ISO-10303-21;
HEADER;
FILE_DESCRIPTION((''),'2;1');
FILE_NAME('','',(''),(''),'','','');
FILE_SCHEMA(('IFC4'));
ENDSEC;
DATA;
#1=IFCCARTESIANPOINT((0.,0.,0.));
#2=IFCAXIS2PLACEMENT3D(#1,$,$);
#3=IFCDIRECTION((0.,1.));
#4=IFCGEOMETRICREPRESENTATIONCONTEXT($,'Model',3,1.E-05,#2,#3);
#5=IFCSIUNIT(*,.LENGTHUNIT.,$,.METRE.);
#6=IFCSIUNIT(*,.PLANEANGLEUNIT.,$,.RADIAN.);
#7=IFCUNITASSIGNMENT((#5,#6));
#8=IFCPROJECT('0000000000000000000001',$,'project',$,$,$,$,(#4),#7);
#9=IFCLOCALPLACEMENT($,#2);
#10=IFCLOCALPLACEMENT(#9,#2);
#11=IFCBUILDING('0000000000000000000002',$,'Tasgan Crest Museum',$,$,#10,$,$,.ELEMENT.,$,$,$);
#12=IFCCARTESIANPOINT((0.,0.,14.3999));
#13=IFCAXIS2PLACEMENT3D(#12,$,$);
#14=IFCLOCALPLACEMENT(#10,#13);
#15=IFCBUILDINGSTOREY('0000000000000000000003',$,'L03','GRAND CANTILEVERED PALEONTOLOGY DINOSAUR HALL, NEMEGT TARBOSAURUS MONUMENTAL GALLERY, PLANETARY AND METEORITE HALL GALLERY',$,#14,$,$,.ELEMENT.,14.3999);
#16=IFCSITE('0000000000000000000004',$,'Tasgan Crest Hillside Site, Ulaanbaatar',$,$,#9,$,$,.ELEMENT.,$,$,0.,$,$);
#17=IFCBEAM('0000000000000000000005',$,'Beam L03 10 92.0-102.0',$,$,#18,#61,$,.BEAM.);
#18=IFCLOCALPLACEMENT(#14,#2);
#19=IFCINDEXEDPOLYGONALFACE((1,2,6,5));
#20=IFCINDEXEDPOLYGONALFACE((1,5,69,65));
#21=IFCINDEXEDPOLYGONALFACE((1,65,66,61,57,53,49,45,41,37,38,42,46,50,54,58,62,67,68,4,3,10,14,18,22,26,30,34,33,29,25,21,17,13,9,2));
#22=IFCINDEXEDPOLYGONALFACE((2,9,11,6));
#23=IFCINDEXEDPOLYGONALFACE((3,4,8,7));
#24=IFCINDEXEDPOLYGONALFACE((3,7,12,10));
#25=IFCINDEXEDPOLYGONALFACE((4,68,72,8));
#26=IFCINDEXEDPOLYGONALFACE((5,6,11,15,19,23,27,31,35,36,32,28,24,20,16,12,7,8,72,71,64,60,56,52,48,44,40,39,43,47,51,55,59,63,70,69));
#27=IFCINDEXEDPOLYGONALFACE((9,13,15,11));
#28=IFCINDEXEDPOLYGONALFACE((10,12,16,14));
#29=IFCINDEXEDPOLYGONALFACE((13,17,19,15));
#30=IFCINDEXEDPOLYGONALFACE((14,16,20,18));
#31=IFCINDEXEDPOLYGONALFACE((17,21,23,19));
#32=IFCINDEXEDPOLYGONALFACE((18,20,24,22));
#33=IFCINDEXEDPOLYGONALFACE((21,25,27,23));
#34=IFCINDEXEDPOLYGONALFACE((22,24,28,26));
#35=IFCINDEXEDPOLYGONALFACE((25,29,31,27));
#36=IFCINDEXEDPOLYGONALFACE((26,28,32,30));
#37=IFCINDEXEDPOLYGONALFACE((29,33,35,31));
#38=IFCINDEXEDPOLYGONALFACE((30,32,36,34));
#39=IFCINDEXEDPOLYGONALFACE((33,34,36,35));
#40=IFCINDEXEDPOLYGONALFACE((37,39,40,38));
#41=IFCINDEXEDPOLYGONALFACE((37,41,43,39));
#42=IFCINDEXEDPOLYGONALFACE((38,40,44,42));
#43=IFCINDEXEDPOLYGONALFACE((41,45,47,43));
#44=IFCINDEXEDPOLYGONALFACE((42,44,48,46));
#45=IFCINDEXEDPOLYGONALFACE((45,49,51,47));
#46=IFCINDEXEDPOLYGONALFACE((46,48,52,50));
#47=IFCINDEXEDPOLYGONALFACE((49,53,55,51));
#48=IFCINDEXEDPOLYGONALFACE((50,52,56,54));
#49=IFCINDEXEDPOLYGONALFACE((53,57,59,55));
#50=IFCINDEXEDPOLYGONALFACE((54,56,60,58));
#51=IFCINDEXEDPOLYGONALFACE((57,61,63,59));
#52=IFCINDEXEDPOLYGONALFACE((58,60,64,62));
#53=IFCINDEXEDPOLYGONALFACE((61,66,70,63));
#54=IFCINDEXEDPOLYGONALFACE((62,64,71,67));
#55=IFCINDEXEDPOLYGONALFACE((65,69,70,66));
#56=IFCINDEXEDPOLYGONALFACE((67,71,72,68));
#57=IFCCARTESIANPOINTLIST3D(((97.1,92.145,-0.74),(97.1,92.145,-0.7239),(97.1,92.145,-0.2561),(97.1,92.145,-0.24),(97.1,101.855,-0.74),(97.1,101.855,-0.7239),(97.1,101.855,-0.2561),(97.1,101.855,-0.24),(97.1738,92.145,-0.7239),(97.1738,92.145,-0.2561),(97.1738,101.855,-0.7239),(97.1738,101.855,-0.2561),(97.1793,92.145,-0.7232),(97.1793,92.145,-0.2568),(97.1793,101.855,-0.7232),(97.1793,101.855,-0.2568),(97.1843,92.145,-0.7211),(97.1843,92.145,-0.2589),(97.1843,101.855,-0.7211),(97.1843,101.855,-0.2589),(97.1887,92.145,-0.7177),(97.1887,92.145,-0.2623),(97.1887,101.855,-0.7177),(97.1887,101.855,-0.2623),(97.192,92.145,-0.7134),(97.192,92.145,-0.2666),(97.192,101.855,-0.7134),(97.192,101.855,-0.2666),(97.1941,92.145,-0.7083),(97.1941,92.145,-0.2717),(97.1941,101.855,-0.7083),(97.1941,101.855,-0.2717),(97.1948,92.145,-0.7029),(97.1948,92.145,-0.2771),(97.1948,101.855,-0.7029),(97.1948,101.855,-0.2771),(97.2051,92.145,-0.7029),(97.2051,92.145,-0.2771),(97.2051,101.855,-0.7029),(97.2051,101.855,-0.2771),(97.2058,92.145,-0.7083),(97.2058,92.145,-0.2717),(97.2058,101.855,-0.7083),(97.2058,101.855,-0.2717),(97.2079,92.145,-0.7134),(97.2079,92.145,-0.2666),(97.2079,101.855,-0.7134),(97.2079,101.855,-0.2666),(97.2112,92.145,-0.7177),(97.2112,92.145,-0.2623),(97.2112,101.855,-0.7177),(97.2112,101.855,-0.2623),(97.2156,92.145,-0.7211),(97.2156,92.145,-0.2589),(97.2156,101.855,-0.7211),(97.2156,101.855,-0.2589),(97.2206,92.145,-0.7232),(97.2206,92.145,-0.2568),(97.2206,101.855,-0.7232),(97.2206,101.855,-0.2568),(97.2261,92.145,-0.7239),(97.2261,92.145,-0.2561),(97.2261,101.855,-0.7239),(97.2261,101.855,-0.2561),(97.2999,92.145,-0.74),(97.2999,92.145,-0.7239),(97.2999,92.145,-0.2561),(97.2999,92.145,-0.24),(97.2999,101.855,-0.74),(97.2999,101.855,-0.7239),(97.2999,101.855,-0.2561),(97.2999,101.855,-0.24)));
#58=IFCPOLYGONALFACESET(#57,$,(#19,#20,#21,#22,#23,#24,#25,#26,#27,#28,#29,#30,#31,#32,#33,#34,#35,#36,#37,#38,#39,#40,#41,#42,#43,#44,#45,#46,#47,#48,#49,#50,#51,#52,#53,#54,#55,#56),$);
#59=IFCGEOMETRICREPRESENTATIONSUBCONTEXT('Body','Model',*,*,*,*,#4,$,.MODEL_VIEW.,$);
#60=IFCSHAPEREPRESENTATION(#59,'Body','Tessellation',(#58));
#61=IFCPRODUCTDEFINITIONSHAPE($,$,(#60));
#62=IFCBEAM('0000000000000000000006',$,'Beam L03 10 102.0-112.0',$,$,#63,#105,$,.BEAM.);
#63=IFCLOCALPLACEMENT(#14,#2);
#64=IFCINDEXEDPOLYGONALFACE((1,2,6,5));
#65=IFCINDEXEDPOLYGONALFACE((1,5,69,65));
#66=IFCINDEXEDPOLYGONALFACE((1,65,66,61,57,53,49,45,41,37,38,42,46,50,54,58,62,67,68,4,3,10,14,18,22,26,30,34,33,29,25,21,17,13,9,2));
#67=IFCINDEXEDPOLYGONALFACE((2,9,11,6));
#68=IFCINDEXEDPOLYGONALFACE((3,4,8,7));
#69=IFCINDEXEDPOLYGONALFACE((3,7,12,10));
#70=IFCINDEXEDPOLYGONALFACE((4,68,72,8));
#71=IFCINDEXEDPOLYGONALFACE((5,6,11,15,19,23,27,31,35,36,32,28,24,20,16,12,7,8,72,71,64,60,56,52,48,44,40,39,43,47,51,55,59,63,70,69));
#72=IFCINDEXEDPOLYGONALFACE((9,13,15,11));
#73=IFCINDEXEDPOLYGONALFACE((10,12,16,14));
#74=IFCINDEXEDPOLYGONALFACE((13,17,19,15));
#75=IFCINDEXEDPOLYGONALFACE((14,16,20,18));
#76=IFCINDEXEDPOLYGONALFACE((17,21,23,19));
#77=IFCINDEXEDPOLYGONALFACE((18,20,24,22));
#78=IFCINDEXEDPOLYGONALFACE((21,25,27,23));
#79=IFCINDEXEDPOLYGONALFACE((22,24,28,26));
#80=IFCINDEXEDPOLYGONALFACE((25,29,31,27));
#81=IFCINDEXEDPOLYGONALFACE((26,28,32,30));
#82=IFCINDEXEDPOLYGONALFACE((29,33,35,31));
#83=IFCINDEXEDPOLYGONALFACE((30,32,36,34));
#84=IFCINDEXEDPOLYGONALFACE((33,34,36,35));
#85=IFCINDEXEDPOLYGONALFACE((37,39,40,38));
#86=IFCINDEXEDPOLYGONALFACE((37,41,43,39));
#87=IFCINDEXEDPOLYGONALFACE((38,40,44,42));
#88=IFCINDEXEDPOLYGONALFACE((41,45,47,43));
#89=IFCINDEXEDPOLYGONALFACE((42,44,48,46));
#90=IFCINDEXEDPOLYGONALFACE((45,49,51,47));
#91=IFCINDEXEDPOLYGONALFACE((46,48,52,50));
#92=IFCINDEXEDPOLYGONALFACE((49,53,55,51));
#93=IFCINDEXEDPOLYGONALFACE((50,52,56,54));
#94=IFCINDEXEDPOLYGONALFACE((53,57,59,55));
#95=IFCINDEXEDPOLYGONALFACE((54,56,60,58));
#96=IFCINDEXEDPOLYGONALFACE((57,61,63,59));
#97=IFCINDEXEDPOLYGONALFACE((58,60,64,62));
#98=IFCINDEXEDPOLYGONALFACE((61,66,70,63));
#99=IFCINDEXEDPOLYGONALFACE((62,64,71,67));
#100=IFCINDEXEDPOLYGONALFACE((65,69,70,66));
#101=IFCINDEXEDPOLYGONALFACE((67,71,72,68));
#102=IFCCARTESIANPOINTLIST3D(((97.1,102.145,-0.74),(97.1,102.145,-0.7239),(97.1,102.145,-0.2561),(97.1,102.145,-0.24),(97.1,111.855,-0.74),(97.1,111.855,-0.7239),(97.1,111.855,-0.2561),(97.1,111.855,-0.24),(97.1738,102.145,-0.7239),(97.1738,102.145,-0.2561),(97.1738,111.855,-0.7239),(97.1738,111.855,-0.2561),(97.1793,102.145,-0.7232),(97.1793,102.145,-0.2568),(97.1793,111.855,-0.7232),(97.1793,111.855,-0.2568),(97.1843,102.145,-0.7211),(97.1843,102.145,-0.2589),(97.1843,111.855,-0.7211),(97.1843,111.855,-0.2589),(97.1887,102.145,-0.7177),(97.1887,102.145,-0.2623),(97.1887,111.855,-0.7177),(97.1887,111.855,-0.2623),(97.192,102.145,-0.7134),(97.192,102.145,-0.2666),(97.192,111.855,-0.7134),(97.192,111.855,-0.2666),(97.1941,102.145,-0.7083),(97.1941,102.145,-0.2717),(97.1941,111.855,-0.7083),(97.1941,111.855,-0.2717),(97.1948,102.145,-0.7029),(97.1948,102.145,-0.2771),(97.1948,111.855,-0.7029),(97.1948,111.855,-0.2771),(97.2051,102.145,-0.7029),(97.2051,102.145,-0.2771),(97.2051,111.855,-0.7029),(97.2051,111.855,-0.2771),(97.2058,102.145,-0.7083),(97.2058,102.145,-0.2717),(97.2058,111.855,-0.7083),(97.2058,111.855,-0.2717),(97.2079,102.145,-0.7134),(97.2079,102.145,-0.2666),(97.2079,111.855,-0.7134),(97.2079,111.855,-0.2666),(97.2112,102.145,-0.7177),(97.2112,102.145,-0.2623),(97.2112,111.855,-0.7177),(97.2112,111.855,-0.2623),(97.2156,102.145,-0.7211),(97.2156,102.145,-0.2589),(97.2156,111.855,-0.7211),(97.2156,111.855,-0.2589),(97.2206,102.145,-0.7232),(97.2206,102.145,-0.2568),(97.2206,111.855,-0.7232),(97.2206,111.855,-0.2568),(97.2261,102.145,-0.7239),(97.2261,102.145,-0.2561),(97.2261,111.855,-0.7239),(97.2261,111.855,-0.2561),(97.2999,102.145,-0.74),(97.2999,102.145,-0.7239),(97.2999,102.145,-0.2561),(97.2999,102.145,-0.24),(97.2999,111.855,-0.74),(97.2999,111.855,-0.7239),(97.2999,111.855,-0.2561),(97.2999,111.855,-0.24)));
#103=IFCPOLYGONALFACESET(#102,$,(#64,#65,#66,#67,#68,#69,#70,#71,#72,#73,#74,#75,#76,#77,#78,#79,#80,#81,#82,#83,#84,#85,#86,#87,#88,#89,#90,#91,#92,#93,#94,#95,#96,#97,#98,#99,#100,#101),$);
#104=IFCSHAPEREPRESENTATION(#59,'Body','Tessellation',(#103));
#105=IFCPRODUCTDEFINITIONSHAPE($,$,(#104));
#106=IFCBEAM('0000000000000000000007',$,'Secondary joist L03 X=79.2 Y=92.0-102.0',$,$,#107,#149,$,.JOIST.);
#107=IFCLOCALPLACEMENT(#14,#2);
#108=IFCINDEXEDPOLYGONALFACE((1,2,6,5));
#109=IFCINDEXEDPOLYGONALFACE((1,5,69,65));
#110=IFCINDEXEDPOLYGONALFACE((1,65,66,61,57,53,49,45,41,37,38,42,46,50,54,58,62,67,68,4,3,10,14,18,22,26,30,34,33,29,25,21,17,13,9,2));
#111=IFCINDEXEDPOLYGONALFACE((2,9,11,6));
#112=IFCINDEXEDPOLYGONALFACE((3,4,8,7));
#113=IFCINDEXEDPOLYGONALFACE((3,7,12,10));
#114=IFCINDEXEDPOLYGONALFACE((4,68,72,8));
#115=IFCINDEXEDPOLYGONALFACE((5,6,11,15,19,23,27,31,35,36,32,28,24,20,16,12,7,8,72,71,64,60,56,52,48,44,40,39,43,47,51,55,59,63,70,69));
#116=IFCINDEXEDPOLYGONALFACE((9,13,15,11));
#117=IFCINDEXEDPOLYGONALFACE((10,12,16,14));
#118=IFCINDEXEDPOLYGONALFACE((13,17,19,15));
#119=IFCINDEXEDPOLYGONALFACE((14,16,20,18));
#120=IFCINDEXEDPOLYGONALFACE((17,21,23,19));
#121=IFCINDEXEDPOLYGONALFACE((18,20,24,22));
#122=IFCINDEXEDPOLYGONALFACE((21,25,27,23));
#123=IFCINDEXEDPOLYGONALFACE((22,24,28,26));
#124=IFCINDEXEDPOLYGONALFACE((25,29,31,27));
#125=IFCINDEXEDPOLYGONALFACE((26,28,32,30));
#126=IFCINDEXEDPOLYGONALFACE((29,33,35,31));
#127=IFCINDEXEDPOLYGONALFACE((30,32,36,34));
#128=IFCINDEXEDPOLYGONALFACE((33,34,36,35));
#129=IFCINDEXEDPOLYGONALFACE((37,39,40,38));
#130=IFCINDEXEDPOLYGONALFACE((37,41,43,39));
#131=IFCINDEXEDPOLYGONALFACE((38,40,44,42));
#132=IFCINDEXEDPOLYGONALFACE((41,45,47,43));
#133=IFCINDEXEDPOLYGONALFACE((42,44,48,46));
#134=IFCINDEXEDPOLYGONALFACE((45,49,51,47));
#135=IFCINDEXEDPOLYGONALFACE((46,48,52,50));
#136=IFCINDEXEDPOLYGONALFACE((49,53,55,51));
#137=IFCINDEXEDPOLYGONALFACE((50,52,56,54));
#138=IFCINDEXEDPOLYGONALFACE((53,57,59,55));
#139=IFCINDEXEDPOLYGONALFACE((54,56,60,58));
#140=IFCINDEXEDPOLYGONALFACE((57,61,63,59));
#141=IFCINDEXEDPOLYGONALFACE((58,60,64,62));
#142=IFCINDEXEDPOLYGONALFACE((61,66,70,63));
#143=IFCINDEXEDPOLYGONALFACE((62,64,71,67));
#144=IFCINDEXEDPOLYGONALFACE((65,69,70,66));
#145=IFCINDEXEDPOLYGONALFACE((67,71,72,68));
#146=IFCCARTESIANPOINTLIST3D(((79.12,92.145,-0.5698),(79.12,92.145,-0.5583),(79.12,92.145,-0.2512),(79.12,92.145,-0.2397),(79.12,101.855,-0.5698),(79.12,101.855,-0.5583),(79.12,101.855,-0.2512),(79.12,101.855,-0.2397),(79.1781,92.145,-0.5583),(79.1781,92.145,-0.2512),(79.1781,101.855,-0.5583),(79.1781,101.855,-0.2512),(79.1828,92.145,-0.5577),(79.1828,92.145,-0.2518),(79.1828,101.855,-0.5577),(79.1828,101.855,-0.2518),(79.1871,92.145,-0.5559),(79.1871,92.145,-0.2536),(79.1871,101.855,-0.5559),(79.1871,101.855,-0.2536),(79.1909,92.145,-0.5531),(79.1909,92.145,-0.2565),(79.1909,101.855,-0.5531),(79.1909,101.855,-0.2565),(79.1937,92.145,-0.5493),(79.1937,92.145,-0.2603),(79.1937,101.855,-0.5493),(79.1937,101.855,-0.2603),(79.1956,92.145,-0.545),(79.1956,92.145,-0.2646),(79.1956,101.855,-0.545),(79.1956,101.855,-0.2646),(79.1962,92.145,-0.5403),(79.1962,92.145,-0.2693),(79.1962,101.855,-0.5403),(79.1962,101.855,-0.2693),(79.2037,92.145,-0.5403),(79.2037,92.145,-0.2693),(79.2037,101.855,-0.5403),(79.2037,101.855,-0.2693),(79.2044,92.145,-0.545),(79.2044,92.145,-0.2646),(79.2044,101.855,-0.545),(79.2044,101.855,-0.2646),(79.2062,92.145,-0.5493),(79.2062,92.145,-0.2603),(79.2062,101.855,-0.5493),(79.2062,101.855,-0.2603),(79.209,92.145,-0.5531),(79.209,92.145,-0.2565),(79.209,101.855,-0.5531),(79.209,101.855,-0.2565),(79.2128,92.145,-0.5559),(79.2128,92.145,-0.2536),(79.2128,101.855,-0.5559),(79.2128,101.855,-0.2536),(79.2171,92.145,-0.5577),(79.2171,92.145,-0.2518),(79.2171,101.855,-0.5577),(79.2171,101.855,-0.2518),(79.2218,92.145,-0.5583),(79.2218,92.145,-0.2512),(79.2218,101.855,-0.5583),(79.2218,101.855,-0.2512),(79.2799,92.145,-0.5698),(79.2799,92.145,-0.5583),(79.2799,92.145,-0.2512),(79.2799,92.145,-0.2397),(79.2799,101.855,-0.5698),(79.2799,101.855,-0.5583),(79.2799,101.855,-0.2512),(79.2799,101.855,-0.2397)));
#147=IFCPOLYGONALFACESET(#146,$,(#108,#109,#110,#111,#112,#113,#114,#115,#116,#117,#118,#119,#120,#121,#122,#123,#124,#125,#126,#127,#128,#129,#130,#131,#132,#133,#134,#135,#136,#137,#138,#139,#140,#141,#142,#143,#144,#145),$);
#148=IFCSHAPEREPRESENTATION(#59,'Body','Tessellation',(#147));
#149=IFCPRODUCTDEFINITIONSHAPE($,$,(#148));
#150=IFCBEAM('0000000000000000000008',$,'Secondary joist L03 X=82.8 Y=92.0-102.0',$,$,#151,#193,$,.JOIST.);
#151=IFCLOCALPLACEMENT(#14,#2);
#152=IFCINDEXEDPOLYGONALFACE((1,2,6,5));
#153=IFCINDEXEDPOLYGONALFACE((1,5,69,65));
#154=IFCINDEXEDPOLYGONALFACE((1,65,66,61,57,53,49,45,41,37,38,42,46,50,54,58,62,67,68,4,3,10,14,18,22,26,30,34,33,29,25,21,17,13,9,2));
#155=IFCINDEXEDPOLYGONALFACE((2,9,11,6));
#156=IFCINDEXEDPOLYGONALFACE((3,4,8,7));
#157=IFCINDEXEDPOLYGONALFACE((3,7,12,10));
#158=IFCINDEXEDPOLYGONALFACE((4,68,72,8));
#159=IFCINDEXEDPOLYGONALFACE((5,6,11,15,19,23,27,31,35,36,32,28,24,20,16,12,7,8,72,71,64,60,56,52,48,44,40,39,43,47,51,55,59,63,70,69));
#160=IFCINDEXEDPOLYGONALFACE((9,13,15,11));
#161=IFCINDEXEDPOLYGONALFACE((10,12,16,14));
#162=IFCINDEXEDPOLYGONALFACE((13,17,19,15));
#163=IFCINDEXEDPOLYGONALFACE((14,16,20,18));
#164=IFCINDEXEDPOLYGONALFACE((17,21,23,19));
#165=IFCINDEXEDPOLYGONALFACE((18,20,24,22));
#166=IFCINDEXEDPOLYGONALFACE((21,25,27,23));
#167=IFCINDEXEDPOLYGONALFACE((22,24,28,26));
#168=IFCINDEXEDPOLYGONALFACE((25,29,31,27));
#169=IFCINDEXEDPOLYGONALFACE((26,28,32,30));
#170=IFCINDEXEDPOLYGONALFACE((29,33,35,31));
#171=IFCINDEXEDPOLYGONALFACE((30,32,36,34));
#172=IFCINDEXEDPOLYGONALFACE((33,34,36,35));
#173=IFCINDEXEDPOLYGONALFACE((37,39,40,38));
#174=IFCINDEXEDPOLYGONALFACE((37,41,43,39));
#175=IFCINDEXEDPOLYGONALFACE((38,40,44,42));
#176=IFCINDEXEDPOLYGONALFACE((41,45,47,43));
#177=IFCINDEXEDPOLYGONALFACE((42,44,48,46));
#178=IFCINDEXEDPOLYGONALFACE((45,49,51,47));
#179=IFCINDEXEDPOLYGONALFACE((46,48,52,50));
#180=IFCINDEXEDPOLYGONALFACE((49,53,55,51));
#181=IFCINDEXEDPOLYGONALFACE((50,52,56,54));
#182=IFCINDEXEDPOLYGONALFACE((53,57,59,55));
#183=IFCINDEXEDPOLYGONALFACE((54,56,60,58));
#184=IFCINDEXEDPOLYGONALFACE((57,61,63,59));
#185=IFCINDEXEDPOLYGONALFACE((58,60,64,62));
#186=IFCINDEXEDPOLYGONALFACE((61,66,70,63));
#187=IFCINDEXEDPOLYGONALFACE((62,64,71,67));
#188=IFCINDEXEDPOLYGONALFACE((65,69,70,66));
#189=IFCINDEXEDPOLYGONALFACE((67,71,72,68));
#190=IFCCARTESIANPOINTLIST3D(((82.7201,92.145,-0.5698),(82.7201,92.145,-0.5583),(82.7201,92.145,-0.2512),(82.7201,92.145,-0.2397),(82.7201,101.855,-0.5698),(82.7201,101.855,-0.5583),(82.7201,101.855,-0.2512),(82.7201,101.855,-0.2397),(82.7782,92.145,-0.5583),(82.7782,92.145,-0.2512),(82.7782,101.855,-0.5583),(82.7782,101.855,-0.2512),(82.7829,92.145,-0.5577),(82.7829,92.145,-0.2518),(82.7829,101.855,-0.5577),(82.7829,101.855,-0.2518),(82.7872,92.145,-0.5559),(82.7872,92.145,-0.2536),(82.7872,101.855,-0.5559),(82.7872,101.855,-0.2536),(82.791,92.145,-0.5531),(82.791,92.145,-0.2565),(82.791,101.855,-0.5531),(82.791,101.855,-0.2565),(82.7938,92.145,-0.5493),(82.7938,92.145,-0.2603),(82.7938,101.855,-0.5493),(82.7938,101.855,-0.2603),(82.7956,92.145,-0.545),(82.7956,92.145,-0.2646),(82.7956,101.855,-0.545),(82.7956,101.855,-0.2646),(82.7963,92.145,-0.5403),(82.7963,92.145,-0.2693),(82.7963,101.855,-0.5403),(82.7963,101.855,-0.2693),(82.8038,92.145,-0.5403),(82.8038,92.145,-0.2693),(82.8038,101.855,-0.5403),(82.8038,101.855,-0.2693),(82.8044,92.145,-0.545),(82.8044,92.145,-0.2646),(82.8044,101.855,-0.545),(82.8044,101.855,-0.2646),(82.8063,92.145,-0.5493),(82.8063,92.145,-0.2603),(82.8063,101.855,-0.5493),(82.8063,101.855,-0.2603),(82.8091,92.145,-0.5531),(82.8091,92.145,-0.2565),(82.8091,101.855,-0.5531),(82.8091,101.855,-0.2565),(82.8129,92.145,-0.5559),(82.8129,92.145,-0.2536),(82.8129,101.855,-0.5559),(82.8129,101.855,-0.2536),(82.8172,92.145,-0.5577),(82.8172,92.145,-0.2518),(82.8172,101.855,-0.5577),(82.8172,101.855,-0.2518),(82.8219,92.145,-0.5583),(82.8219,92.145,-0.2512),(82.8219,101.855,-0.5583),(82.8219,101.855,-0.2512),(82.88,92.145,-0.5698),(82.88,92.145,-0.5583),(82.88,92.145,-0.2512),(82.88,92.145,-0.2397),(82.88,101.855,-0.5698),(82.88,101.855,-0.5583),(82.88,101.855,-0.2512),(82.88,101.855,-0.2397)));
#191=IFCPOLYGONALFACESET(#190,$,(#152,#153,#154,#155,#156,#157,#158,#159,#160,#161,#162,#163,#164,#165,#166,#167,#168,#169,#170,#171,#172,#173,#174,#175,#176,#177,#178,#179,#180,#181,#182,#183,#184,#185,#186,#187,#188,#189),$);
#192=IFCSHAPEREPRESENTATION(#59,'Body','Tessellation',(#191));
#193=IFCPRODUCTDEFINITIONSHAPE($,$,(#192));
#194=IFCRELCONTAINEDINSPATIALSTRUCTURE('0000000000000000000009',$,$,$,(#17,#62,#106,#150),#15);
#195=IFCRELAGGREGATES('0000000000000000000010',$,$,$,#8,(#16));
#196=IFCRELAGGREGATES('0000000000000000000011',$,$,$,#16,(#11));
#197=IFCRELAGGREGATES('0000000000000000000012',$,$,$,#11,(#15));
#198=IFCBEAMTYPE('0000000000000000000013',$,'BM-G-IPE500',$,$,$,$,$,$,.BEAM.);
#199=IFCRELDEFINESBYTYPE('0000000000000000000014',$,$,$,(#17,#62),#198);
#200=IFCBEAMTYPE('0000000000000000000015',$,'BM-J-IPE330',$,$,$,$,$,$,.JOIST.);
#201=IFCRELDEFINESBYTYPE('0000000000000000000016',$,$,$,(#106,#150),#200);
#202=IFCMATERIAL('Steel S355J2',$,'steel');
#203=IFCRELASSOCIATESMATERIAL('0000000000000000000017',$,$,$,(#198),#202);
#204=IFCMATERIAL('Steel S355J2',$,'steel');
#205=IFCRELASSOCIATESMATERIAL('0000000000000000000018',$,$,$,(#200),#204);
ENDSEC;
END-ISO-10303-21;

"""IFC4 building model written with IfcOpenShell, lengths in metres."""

from ifc_helpers import new_model, si_unit, direction, frame, origin, origin_2d, place, context, subcontext, project, spatial, i_section, extrude, material, material_profile, profile_set, type_object, element, save


model = new_model("IFC4")

# Units and contexts
model_context = context("Model", 3, precision=1e-05, world=origin(), true_north=direction((0.0, 1.0)))
body_context = subcontext(model_context, "Body", "Model", "MODEL_VIEW")
ifc_project = project(units=[si_unit("LENGTHUNIT", "METRE"), si_unit("PLANEANGLEUNIT", "RADIAN")], contexts=[model_context])

# Site, building, storey
site_placement = place(None, origin())
site = spatial("IfcSite", under=ifc_project, at=site_placement, Name="Tasgan Crest Hillside Site, Ulaanbaatar", CompositionType="ELEMENT", RefElevation=0.0)
building_placement = place(site_placement, origin())
building = spatial("IfcBuilding", under=site, at=building_placement, Name="Tasgan Crest Museum", CompositionType="ELEMENT")
storey_placement = place(building_placement, frame((0.0, 0.0, 14.3999)))
storey = spatial("IfcBuildingStorey", under=building, at=storey_placement, Name="L03", Description="GRAND CANTILEVERED PALEONTOLOGY DINOSAUR HALL, NEMEGT TARBOSAURUS MONUMENTAL GALLERY, PLANETARY AND METEORITE HALL GALLERY", CompositionType="ELEMENT", Elevation=14.3999)

# Beams
ifc_material_1 = material(Name="Steel S355J2", Category="steel")
ifc_material_profile_1 = material_profile(ifc_material_1, i_section(OverallWidth=0.2, OverallDepth=0.5, WebThickness=0.0103, FlangeThickness=0.0161, FilletRadius=0.021, at=origin_2d()), Name="IPE 500")
ifc_profile_set_1 = profile_set([ifc_material_profile_1], Name="Steel S355J2")
beam_type_1 = type_object("IfcBeamType", Name="BM-G-IPE500", PredefinedType="BEAM", material=ifc_profile_set_1)
for number, where, z_axis, x_axis, name in (
    (1, (97.2, 92.145, -0.49), (0.0, 1.0, 0.0), (-1.0, 0.0, 0.0), "Beam L03 10 92.0-102.0"),
    (2, (97.2, 102.145, -0.49), (0.0, 1.0, 0.0), (-1.0, 0.0, 0.0), "Beam L03 10 102.0-112.0"),
):
    element("IfcBeam", number, at=place(storey_placement, frame(where, z_axis=z_axis, x_axis=x_axis)), inside=storey, type_object=beam_type_1, Name=name, PredefinedType="BEAM", context=body_context, shape_type="SweptSolid", body=[
        extrude(i_section(OverallWidth=0.2, OverallDepth=0.5, WebThickness=0.0103, FlangeThickness=0.0161, FilletRadius=0.021, at=origin_2d()), origin(), (0.0, 0.0, 1.0), 9.71),
    ])
ifc_material_2 = material(Name="Steel S355J2", Category="steel")
ifc_material_profile_2 = material_profile(ifc_material_2, i_section(OverallWidth=0.1599, OverallDepth=0.3301, WebThickness=0.0076, FlangeThickness=0.0115, FilletRadius=0.0181, at=origin_2d()), Name="IPE 330")
ifc_profile_set_2 = profile_set([ifc_material_profile_2], Name="Steel S355J2")
beam_type_2 = type_object("IfcBeamType", Name="BM-J-IPE330", PredefinedType="JOIST", material=ifc_profile_set_2)
for number, where, z_axis, x_axis, name in (
    (3, (79.2, 92.145, -0.4048), (0.0, 1.0, 0.0), (-1.0, 0.0, 0.0), "Secondary joist L03 X=79.2 Y=92.0-102.0"),
    (4, (82.8, 92.145, -0.4048), (0.0, 1.0, 0.0), (-1.0, 0.0, 0.0), "Secondary joist L03 X=82.8 Y=92.0-102.0"),
):
    element("IfcBeam", number, at=place(storey_placement, frame(where, z_axis=z_axis, x_axis=x_axis)), inside=storey, type_object=beam_type_2, Name=name, PredefinedType="JOIST", context=body_context, shape_type="SweptSolid", body=[
        extrude(i_section(OverallWidth=0.1599, OverallDepth=0.3301, WebThickness=0.0076, FlangeThickness=0.0115, FilletRadius=0.0181, at=origin_2d()), origin(), (0.0, 0.0, 1.0), 9.71),
    ])

save(model, "model.ifc")
